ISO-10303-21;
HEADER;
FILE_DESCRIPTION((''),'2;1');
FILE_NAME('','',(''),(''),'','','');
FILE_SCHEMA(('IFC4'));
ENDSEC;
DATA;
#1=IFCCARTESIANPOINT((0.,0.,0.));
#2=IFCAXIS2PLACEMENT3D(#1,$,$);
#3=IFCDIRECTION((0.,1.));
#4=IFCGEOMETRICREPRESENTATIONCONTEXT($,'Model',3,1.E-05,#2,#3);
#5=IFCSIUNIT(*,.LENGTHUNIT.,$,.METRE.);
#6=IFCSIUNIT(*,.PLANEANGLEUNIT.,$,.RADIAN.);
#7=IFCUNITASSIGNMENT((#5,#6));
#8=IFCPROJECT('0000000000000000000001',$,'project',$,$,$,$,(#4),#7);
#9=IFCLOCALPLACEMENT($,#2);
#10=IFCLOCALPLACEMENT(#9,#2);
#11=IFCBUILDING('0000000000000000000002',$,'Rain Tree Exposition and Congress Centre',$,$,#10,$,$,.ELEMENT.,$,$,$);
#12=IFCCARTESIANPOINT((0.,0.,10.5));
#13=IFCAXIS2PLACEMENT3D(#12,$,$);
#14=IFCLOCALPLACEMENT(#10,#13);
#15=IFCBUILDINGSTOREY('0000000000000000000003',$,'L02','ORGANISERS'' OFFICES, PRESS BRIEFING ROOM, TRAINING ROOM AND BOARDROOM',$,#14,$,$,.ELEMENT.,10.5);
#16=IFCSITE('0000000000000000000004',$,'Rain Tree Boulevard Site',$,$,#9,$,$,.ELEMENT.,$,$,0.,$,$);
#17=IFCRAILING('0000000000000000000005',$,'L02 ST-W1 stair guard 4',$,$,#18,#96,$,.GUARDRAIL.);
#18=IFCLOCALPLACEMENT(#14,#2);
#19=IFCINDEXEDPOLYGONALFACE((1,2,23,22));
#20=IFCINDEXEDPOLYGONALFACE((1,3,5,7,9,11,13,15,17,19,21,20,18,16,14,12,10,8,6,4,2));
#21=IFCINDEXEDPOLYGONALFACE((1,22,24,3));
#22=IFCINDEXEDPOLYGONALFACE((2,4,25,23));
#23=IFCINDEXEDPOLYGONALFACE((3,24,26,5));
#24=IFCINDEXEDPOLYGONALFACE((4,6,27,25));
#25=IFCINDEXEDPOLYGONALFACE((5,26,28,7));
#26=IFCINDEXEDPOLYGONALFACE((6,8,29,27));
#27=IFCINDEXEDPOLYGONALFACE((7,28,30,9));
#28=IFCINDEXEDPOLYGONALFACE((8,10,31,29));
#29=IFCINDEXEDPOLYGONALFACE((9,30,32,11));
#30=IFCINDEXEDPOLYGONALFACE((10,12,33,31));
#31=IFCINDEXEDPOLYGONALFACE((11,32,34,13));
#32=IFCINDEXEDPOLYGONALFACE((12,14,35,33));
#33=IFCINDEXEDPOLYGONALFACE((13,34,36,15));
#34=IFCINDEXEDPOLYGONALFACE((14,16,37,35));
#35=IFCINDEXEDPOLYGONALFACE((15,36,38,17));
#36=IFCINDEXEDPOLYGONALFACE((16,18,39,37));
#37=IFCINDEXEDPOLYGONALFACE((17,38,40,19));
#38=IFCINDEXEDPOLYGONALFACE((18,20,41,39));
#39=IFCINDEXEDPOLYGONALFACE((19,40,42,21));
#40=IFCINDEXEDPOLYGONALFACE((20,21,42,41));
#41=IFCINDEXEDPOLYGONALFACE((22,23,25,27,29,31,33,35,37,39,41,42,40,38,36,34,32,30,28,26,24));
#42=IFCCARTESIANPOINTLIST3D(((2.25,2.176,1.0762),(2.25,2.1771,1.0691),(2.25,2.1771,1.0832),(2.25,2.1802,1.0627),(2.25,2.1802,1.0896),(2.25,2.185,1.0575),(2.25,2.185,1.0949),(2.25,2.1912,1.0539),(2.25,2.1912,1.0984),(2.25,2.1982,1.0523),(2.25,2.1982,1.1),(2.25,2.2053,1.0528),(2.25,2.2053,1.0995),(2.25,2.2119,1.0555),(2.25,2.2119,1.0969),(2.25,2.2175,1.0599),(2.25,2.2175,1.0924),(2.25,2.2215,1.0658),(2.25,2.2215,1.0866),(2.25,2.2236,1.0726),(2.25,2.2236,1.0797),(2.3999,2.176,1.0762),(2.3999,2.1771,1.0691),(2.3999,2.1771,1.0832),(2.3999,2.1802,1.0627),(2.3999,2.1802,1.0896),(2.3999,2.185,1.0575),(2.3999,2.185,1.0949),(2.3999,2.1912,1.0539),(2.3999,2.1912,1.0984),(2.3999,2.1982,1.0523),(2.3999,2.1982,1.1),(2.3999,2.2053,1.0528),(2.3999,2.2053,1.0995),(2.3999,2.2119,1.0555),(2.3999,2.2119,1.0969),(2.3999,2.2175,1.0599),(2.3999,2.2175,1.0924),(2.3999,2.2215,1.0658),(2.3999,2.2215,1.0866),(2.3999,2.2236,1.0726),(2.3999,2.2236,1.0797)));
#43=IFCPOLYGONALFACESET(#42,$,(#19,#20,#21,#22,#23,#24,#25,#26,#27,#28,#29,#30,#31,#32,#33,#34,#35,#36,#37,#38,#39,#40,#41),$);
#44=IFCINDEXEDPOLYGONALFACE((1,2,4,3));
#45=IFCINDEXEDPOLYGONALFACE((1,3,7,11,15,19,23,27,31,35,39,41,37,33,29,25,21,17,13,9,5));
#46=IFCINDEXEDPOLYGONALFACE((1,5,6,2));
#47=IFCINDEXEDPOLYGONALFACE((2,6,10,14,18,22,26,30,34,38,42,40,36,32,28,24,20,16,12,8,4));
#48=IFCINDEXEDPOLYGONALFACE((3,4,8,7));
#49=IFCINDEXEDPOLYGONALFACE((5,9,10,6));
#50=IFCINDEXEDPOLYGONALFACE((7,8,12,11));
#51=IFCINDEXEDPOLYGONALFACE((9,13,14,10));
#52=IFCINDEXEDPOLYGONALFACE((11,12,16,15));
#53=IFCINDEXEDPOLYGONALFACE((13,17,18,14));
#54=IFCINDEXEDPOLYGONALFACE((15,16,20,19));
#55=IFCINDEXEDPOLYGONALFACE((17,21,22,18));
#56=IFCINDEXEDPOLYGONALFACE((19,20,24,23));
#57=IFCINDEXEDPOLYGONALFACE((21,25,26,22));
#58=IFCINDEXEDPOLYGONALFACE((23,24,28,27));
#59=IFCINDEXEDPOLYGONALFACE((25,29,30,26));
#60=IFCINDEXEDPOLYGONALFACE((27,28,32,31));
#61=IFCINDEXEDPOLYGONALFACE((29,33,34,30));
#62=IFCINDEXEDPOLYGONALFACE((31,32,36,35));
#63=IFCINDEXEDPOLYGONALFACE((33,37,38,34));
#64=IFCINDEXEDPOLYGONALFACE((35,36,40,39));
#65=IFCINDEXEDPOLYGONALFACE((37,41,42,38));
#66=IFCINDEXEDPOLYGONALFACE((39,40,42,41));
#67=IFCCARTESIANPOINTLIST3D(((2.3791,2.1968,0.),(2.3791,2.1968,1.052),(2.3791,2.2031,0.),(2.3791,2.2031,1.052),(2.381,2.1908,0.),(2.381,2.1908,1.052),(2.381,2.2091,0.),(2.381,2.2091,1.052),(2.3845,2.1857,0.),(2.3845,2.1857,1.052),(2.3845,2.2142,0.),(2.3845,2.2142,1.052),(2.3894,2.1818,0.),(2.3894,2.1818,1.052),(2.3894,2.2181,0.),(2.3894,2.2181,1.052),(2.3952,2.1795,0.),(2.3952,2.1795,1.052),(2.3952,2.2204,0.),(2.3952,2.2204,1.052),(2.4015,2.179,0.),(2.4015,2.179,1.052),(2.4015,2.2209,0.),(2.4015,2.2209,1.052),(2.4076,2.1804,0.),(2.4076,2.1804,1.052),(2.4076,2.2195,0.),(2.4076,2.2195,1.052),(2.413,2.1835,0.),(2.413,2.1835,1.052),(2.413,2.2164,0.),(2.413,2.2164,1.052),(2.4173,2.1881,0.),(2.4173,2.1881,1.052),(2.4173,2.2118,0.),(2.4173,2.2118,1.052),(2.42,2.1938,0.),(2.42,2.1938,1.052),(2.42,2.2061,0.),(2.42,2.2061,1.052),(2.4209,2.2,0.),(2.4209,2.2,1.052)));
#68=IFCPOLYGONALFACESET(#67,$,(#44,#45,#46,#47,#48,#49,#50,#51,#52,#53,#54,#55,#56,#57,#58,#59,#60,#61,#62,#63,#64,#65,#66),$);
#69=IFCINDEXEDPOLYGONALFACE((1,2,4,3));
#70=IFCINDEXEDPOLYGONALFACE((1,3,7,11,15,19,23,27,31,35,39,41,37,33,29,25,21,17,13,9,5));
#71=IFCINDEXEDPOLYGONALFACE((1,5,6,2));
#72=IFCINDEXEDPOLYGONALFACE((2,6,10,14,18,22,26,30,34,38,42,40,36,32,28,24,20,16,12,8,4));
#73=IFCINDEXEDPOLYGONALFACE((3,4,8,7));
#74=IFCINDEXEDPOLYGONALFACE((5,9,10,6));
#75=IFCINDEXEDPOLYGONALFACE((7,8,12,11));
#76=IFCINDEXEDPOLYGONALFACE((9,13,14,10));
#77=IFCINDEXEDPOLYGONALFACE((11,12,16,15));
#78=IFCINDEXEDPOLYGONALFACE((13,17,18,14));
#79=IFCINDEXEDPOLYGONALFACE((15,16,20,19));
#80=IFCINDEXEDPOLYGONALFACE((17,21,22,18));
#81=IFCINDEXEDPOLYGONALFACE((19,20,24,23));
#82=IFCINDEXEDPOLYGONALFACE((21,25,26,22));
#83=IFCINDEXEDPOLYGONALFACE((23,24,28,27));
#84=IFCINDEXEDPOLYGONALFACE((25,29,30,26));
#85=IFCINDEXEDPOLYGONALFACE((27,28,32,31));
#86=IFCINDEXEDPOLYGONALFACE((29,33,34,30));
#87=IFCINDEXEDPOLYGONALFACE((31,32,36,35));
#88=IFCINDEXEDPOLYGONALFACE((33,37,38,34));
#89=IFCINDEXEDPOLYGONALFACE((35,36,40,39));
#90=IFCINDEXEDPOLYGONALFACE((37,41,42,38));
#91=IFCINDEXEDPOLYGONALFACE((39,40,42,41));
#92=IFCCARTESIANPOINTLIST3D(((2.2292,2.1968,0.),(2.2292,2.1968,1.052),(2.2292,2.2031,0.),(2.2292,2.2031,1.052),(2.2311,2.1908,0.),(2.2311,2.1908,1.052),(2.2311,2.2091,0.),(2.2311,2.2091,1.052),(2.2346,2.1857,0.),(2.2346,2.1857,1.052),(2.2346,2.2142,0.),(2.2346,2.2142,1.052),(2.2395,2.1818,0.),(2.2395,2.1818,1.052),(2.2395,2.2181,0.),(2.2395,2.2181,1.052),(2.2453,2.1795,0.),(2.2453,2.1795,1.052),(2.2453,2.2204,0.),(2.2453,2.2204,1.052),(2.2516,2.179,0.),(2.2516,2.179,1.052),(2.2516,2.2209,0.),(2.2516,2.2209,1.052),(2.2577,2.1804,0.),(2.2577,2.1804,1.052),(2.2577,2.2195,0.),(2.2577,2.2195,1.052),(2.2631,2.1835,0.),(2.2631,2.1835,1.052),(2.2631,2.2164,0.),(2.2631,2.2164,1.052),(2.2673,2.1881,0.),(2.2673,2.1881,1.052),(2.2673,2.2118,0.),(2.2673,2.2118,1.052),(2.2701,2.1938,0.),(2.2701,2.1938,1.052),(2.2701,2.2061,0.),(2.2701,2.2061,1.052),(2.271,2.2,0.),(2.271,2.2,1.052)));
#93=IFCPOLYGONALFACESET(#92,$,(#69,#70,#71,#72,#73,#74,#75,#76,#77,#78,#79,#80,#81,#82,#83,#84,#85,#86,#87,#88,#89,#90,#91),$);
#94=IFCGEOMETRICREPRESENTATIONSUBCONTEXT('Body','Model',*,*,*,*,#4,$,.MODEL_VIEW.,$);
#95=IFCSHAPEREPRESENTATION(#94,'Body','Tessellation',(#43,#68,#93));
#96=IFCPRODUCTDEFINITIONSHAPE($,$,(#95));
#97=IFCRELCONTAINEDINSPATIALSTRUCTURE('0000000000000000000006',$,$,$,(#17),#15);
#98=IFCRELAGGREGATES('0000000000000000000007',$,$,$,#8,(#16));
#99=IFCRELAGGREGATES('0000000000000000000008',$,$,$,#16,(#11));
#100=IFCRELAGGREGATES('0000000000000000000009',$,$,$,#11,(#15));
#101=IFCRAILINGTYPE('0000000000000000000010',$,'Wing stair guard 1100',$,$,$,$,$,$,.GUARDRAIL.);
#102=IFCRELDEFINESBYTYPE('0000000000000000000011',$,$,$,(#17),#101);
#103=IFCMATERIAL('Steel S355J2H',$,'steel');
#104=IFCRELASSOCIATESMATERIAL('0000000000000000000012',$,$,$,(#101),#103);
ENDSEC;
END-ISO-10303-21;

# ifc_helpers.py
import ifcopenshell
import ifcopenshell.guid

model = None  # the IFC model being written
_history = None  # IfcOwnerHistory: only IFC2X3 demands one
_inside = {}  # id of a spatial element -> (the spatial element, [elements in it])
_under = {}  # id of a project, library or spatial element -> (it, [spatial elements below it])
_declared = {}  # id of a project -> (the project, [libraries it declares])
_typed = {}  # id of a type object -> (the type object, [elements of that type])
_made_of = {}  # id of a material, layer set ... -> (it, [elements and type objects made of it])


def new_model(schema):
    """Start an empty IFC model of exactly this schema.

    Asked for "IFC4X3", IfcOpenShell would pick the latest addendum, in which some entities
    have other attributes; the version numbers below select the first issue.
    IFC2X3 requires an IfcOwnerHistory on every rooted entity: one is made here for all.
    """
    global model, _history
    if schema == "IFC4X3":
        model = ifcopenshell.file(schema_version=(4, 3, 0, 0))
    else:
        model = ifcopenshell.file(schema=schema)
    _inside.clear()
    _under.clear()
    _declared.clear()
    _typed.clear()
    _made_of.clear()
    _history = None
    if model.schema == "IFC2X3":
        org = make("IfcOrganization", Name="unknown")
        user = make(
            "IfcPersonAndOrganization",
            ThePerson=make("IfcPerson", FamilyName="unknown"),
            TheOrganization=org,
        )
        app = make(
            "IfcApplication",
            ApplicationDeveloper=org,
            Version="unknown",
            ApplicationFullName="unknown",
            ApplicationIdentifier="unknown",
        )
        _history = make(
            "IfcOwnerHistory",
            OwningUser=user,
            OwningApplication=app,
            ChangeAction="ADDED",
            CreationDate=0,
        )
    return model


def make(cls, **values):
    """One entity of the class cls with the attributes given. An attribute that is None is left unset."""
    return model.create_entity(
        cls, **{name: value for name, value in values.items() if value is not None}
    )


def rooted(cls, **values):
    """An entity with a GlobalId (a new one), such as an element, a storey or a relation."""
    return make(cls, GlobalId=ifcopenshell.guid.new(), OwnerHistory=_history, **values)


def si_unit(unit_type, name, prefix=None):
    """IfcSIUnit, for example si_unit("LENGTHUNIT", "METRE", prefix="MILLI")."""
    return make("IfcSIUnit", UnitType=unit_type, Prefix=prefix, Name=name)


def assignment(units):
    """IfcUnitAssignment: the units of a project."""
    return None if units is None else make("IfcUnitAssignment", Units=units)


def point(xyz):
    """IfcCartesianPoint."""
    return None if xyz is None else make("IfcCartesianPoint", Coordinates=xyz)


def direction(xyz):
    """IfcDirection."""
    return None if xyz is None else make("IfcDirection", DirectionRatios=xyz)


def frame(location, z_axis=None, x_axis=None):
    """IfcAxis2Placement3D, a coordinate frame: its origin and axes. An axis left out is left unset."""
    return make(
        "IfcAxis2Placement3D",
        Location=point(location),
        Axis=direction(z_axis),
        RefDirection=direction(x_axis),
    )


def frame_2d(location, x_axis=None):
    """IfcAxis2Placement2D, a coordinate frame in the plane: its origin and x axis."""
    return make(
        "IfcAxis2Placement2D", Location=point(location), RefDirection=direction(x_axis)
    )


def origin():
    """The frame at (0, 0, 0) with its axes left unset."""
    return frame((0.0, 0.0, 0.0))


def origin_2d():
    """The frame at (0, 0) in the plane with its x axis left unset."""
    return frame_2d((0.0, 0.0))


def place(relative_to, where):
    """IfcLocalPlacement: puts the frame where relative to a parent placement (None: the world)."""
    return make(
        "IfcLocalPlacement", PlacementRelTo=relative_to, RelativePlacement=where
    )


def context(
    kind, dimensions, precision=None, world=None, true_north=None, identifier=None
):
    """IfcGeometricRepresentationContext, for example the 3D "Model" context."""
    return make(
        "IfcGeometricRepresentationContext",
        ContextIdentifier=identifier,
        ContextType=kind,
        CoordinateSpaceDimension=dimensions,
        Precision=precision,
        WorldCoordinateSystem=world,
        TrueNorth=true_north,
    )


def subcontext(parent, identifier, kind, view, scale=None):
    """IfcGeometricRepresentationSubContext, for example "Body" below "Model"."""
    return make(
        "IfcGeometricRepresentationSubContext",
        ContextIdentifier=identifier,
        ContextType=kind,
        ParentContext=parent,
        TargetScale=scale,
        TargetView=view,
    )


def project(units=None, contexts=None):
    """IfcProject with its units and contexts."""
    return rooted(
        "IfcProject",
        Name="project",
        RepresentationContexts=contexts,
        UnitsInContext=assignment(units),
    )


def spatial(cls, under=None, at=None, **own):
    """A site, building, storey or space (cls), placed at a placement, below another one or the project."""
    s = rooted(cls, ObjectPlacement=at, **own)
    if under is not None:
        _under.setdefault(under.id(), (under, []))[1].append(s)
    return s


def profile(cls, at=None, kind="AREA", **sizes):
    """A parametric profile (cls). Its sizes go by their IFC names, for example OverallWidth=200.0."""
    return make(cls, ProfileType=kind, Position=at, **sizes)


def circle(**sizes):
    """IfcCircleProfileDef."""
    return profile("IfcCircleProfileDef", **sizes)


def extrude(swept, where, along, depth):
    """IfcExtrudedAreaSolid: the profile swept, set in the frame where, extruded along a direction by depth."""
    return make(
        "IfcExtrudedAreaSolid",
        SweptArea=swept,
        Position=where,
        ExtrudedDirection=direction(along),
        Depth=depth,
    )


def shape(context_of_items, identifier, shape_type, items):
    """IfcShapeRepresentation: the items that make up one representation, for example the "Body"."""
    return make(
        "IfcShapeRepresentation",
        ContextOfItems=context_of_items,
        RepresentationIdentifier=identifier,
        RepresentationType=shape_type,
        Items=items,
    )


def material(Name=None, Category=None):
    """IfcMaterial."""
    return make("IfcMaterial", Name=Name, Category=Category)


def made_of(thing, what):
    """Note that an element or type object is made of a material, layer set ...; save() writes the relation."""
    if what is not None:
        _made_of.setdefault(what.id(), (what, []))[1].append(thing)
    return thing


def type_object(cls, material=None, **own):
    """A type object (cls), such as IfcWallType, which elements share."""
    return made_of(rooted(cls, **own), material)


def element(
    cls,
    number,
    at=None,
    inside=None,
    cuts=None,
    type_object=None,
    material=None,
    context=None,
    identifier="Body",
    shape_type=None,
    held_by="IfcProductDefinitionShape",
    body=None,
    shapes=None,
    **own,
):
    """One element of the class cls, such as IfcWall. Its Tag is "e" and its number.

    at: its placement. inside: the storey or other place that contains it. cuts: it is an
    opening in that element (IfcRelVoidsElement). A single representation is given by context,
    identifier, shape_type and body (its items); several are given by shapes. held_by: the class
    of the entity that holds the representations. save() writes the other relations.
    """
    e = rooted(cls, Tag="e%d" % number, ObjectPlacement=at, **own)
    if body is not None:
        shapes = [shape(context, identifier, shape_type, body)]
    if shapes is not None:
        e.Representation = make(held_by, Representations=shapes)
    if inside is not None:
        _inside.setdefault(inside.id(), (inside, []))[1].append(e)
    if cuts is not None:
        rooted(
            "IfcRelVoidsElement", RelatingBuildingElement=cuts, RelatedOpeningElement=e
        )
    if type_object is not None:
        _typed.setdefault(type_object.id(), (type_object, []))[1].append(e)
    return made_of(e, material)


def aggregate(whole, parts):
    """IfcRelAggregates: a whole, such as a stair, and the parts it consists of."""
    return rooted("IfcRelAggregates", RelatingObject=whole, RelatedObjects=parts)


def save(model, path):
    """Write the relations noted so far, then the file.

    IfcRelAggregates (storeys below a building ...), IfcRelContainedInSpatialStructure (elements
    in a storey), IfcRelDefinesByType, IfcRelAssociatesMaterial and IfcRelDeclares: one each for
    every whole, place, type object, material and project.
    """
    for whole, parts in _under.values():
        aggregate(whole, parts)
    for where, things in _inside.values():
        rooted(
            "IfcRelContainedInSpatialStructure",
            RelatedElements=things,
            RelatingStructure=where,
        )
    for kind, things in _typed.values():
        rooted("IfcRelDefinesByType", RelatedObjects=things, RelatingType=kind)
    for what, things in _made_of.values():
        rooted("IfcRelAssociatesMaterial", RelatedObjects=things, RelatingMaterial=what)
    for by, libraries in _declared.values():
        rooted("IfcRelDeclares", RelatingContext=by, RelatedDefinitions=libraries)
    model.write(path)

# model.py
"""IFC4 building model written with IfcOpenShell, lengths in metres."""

from ifc_helpers import new_model, si_unit, direction, frame, origin, origin_2d, place, context, subcontext, project, spatial, circle, extrude, material, type_object, element, save


model = new_model("IFC4")

# Units and contexts
model_context = context("Model", 3, precision=1e-05, world=origin(), true_north=direction((0.0, 1.0)))
body_context = subcontext(model_context, "Body", "Model", "MODEL_VIEW")
ifc_project = project(units=[si_unit("LENGTHUNIT", "METRE"), si_unit("PLANEANGLEUNIT", "RADIAN")], contexts=[model_context])

# Site, building, storey
site_placement = place(None, origin())
site = spatial("IfcSite", under=ifc_project, at=site_placement, Name="Rain Tree Boulevard Site", CompositionType="ELEMENT", RefElevation=0.0)
building_placement = place(site_placement, origin())
building = spatial("IfcBuilding", under=site, at=building_placement, Name="Rain Tree Exposition and Congress Centre", CompositionType="ELEMENT")
storey_placement = place(building_placement, frame((0.0, 0.0, 10.5)))
storey = spatial("IfcBuildingStorey", under=building, at=storey_placement, Name="L02", Description="ORGANISERS' OFFICES, PRESS BRIEFING ROOM, TRAINING ROOM AND BOARDROOM", CompositionType="ELEMENT", Elevation=10.5)

# Railing
ifc_material_1 = material(Name="Steel S355J2H", Category="steel")
railing_type_1 = type_object("IfcRailingType", Name="Wing stair guard 1100", PredefinedType="GUARDRAIL", material=ifc_material_1)
railing_1_placement = place(storey_placement, frame((2.3999, 2.2, 0.0)))
element("IfcRailing", 1, at=railing_1_placement, inside=storey, type_object=railing_type_1, Name="L02 ST-W1 stair guard 4", PredefinedType="GUARDRAIL", context=body_context, shape_type="SweptSolid", body=[
    extrude(circle(Radius=0.0239, at=origin_2d()), frame((0.0, 0.0, 1.0762), z_axis=(-1.0, 0.0, 0.0), x_axis=(0.0, -1.0, 0.0)), (0.0, 0.0, 1.0), 0.1499),
    extrude(circle(Radius=0.021, at=origin_2d()), origin(), (0.0, 0.0, 1.0), 1.052),
    extrude(circle(Radius=0.021, at=origin_2d()), frame((-0.1499, 0.0, 0.0)), (0.0, 0.0, 1.0), 1.052),
])

save(model, "model.ifc")
